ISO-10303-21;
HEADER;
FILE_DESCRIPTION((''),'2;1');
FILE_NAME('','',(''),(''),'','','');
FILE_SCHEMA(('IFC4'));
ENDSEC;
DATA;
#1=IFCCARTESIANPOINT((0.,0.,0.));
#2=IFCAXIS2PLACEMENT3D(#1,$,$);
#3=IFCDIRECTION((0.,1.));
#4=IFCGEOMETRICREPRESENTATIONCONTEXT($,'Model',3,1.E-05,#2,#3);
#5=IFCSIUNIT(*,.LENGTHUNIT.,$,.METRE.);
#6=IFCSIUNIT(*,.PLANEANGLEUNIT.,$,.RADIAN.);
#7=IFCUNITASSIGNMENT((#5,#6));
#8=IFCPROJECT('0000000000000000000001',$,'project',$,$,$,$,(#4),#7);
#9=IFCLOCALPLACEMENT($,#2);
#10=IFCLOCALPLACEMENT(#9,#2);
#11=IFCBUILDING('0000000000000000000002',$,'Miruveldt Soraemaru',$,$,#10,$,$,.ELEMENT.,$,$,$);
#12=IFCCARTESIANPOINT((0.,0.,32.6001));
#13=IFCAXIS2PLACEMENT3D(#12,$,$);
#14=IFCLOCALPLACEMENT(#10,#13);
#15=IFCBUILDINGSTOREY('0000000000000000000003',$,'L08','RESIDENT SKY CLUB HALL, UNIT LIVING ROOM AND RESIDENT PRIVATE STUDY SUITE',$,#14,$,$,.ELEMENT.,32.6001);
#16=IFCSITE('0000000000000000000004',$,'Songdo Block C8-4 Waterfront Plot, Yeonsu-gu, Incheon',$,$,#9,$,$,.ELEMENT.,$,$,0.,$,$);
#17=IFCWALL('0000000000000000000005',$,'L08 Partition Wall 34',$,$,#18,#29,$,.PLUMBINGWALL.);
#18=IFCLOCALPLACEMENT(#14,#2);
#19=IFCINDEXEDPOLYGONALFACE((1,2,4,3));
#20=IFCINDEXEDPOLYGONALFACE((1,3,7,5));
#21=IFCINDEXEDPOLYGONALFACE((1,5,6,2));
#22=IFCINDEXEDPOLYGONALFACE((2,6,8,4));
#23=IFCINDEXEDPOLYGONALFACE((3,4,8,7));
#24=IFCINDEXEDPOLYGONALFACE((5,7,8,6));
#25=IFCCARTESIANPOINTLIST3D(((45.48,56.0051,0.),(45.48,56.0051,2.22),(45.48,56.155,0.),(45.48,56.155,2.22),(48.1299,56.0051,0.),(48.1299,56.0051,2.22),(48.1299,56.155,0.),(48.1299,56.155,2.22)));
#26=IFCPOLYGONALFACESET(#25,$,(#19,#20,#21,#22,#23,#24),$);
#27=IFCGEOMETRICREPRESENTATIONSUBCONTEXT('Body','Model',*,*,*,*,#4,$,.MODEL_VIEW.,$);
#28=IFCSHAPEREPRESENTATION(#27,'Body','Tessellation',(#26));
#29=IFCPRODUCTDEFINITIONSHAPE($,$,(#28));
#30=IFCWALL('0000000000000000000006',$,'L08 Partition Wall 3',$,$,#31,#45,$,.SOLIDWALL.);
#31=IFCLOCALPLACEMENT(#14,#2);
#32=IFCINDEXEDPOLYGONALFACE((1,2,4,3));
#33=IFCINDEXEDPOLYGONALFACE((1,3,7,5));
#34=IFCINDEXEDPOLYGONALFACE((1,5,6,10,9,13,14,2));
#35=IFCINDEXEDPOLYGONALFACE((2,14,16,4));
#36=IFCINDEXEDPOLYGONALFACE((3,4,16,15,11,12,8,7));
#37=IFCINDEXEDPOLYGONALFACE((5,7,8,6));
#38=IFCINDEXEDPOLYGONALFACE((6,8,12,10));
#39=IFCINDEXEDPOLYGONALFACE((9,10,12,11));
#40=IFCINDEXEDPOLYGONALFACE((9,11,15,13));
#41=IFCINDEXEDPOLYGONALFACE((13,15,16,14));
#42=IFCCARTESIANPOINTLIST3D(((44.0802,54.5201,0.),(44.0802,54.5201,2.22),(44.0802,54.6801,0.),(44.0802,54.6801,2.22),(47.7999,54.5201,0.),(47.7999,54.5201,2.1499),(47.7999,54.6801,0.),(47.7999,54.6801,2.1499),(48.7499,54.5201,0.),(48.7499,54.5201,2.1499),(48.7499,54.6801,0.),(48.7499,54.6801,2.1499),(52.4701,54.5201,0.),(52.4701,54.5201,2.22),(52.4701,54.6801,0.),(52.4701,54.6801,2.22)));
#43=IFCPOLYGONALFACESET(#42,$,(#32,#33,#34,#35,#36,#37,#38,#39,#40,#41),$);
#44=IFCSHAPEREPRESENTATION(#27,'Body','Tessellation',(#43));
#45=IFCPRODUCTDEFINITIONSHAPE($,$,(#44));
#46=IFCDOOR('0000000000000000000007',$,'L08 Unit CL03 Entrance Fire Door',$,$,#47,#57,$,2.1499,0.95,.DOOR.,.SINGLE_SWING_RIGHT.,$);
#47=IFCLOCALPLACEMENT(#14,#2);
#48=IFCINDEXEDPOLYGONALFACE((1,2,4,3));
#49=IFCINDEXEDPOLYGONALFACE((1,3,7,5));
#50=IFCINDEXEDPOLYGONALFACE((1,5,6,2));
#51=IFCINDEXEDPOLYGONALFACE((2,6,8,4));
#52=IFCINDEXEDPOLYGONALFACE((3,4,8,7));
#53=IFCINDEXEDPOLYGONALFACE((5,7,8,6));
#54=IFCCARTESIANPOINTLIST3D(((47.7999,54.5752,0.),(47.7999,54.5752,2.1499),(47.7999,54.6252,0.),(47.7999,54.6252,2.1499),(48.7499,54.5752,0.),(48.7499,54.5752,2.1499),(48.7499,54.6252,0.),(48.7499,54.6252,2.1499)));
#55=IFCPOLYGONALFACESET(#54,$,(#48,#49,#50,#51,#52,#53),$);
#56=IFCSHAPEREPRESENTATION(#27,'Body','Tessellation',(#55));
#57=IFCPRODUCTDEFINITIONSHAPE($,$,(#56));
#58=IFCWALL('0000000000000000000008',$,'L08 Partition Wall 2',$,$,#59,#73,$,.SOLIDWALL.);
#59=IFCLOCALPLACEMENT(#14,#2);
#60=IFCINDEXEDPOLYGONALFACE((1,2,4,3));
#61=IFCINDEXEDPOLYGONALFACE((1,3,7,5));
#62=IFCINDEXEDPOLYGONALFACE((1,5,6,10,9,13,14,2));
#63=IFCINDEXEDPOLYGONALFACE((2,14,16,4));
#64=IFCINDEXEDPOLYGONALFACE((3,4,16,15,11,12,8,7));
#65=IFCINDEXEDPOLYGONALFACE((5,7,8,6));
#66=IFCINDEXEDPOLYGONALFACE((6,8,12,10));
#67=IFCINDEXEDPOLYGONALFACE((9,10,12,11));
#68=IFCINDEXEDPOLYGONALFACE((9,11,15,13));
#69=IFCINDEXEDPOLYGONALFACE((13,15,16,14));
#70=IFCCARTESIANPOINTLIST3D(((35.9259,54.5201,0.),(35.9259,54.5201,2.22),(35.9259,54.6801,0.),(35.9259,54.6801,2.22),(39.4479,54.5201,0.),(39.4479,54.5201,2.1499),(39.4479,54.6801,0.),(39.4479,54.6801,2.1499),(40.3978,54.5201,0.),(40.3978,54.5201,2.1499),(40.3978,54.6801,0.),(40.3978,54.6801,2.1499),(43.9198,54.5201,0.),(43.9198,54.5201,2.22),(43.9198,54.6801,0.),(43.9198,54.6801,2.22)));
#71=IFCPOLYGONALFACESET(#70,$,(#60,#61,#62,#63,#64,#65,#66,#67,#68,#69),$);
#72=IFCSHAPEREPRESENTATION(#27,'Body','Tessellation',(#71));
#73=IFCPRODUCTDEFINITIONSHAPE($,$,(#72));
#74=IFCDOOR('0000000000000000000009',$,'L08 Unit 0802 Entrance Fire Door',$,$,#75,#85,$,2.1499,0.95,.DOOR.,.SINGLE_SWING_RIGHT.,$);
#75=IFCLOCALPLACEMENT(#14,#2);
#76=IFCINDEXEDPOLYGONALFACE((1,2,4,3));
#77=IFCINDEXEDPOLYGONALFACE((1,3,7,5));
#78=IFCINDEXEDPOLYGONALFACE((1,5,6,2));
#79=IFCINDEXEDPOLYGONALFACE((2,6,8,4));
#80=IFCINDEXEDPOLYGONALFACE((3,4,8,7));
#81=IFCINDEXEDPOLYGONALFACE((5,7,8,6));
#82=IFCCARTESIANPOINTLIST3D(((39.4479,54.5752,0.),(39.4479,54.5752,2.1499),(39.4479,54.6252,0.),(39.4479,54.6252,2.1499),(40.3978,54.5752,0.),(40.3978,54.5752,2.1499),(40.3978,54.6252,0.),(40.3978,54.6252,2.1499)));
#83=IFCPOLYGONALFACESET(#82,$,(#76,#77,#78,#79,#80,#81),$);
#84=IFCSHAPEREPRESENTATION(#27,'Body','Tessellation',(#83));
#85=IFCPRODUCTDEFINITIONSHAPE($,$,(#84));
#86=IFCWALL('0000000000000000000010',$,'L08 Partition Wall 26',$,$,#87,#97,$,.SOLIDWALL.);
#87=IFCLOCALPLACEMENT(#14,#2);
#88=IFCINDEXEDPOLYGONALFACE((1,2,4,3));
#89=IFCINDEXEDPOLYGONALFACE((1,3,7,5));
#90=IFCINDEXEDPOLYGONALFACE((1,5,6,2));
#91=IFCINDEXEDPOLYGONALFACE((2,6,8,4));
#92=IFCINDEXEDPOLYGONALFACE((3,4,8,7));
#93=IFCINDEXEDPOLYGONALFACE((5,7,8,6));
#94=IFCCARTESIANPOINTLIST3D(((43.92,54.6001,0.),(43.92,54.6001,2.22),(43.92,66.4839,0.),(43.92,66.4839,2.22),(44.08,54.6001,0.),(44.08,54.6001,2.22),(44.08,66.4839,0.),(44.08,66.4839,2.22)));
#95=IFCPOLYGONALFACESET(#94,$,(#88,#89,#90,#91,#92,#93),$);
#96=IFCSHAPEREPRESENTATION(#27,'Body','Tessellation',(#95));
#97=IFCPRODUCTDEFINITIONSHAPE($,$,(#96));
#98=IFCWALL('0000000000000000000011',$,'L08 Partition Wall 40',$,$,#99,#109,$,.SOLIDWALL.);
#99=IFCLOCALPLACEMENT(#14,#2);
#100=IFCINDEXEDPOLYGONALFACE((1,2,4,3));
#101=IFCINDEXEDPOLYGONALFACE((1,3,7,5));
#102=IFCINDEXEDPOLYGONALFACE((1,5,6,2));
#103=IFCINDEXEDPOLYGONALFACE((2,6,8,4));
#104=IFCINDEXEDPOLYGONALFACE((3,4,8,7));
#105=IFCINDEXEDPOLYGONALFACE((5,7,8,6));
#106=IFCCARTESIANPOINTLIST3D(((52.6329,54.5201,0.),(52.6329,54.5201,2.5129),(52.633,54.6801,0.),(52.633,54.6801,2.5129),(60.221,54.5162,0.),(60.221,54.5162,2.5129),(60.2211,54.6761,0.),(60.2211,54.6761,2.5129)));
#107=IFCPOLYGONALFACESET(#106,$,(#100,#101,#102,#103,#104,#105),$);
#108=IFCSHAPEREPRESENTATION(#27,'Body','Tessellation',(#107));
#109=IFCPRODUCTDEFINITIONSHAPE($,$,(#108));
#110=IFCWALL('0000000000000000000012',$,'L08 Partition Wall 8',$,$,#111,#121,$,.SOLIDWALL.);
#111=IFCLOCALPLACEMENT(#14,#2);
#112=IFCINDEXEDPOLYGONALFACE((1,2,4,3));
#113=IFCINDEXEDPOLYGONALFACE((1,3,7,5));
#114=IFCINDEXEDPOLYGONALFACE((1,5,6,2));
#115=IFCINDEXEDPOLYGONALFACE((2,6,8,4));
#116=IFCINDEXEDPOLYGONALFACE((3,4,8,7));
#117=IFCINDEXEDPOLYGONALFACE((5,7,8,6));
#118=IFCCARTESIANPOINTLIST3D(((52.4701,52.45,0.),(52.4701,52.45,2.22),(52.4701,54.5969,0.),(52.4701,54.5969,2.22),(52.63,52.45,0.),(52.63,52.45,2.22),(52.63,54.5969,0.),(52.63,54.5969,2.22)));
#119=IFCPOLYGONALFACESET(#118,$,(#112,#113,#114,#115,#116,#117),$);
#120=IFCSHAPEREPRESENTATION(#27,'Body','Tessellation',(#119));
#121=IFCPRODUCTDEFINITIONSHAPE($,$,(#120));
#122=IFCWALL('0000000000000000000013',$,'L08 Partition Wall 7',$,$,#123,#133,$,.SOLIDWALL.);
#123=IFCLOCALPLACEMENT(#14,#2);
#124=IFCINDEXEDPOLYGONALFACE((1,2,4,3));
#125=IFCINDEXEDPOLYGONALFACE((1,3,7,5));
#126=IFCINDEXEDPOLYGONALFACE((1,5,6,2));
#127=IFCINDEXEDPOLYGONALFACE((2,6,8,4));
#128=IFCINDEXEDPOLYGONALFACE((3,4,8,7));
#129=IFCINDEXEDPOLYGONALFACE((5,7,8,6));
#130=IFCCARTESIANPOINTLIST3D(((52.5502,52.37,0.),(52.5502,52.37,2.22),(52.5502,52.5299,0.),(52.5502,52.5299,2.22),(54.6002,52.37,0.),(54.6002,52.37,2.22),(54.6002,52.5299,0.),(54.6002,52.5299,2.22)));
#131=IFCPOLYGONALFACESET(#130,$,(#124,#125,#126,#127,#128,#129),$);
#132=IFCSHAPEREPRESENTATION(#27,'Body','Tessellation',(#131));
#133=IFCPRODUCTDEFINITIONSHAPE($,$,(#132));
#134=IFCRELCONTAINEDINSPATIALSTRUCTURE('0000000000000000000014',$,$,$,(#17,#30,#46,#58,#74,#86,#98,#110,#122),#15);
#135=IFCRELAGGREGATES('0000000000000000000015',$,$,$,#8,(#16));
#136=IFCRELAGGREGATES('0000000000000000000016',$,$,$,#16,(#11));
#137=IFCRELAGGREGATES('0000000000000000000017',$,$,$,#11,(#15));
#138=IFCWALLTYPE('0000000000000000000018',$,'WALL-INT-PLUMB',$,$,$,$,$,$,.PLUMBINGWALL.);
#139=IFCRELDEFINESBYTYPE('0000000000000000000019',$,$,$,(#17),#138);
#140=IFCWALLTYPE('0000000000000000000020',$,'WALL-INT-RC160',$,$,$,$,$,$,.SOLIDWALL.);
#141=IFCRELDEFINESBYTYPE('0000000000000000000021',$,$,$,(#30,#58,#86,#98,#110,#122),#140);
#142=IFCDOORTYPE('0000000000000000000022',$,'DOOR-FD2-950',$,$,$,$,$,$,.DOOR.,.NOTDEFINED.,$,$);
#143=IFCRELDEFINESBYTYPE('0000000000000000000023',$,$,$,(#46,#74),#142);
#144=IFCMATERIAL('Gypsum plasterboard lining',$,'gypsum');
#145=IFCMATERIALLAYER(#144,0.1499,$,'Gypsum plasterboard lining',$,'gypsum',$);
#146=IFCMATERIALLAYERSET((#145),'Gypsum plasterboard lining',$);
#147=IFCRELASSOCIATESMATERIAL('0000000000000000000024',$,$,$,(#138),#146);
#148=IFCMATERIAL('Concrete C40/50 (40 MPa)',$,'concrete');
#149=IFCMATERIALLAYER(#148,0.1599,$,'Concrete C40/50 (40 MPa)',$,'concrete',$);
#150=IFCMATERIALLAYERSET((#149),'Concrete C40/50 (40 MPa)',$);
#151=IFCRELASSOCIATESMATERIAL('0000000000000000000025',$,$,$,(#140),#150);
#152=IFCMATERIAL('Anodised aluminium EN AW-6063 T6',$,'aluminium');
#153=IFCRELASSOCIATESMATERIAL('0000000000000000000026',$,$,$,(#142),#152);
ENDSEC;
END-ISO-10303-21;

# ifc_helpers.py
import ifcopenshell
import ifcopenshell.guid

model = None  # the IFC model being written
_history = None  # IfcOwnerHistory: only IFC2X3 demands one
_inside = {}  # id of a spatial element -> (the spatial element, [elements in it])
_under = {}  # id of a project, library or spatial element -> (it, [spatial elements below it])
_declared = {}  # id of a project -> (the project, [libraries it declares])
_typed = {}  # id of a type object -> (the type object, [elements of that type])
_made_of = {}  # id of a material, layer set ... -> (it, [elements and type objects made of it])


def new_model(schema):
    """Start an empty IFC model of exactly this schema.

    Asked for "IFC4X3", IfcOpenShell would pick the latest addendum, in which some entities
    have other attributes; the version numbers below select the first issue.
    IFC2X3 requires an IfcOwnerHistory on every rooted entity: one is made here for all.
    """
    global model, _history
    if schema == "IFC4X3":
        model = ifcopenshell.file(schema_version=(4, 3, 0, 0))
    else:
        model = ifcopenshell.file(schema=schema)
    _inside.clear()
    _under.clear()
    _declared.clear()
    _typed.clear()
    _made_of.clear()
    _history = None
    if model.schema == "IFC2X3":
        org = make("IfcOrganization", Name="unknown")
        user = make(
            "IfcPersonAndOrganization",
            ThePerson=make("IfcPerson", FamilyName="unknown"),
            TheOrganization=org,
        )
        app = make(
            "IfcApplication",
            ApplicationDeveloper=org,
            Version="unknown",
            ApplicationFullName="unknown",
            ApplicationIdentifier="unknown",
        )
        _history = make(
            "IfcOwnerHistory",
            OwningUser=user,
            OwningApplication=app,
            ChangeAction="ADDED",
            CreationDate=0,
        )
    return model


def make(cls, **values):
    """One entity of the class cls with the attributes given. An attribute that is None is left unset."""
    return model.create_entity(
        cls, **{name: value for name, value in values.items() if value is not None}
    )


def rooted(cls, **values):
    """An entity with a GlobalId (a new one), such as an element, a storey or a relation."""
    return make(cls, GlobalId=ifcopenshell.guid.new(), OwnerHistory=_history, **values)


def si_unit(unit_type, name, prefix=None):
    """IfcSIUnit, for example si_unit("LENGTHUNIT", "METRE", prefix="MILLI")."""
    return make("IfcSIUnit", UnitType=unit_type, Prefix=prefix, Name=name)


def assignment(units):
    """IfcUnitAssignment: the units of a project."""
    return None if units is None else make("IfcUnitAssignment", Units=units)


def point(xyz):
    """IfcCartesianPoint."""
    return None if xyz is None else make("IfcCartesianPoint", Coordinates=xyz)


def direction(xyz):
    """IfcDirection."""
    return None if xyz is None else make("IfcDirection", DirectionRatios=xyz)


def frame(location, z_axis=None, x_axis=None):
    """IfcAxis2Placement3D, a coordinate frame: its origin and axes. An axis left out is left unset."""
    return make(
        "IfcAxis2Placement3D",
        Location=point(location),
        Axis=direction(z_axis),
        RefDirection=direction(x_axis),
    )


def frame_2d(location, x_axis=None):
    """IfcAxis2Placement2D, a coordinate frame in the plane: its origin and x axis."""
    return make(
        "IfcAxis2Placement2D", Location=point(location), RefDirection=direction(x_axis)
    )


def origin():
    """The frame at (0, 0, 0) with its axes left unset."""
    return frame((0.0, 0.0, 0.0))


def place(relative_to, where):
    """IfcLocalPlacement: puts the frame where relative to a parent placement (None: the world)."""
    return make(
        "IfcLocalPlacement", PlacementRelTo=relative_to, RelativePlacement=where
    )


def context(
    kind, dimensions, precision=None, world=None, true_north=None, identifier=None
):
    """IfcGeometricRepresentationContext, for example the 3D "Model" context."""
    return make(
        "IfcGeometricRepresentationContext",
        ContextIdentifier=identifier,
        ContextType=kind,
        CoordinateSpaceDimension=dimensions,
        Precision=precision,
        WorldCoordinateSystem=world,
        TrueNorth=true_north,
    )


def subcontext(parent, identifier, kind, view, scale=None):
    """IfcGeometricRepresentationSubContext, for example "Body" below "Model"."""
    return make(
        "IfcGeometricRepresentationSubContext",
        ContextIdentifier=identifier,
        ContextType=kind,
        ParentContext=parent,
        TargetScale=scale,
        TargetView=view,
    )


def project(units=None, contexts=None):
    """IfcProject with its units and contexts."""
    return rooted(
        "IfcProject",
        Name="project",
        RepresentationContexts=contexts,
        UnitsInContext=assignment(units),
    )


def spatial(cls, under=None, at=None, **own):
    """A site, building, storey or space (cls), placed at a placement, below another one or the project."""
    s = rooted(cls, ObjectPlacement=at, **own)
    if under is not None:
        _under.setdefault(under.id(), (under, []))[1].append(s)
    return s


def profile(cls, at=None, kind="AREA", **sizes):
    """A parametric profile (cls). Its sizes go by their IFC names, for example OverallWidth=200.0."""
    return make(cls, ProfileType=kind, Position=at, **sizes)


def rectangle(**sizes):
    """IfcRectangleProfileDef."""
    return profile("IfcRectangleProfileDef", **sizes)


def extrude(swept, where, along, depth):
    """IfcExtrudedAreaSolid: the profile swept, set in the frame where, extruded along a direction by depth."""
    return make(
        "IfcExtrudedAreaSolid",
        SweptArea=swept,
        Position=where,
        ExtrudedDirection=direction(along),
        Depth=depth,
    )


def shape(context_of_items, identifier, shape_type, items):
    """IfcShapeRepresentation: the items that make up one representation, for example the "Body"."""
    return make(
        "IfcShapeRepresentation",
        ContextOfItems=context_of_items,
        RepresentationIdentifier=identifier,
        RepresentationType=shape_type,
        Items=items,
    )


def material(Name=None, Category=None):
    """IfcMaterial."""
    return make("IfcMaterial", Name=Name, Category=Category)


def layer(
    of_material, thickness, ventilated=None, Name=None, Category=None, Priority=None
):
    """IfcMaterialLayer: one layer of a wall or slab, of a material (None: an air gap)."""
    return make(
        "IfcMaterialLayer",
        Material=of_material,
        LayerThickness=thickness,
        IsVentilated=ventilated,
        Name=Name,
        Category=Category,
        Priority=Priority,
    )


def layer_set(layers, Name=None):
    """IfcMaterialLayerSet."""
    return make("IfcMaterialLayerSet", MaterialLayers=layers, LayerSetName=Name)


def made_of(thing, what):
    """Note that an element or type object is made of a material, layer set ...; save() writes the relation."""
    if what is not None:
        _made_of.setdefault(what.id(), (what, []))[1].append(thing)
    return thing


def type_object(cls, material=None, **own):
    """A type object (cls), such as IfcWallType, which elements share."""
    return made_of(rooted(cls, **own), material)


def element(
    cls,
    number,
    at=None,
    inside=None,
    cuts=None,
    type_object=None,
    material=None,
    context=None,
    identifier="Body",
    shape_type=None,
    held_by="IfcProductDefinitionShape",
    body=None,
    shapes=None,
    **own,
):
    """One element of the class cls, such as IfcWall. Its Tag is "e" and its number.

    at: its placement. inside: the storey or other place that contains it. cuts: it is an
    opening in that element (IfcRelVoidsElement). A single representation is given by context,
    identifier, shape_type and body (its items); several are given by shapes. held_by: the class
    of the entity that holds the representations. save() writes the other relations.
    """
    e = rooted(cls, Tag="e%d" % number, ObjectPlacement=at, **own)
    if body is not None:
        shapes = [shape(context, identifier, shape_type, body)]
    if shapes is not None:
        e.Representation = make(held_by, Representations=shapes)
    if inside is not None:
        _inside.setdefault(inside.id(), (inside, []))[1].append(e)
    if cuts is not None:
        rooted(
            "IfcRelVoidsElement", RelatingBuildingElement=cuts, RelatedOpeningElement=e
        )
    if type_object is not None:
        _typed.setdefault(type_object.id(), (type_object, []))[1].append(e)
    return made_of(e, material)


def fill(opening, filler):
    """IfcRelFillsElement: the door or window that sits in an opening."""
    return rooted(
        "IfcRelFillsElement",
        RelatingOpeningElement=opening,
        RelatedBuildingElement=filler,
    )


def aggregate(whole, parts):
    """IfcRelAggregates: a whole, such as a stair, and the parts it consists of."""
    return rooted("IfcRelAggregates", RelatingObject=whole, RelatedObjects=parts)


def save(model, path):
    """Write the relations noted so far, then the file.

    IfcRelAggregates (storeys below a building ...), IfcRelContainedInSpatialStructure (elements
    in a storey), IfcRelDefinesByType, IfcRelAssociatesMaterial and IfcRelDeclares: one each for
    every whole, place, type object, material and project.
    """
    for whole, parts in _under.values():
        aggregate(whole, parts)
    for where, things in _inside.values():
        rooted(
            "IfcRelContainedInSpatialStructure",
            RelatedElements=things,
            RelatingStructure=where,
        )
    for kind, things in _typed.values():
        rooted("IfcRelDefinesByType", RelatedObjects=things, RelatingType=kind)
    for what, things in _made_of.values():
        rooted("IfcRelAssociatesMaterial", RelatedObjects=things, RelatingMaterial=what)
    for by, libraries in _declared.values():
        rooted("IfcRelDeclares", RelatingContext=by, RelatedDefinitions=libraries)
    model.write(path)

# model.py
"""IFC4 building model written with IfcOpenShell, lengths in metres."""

from ifc_helpers import new_model, si_unit, direction, frame, frame_2d, origin, place, context, subcontext, project, spatial, rectangle, extrude, material, layer, layer_set, type_object, element, fill, save


model = new_model("IFC4")

# Units and contexts
model_context = context("Model", 3, precision=1e-05, world=origin(), true_north=direction((0.0, 1.0)))
body_context = subcontext(model_context, "Body", "Model", "MODEL_VIEW")
ifc_project = project(units=[si_unit("LENGTHUNIT", "METRE"), si_unit("PLANEANGLEUNIT", "RADIAN")], contexts=[model_context])

# Site, building, storey
site_placement = place(None, origin())
site = spatial("IfcSite", under=ifc_project, at=site_placement, Name="Songdo Block C8-4 Waterfront Plot, Yeonsu-gu, Incheon", CompositionType="ELEMENT", RefElevation=0.0)
building_placement = place(site_placement, origin())
building = spatial("IfcBuilding", under=site, at=building_placement, Name="Miruveldt Soraemaru", CompositionType="ELEMENT")
storey_placement = place(building_placement, frame((0.0, 0.0, 32.6001)))
storey = spatial("IfcBuildingStorey", under=building, at=storey_placement, Name="L08", Description="RESIDENT SKY CLUB HALL, UNIT LIVING ROOM AND RESIDENT PRIVATE STUDY SUITE", CompositionType="ELEMENT", Elevation=32.6001)

# Shared definitions
ifc_material_1 = material(Name="Gypsum plasterboard lining", Category="gypsum")
ifc_material_2 = material(Name="Anodised aluminium EN AW-6063 T6", Category="aluminium")

# Shared definitions
ifc_layer_1 = layer(ifc_material_1, 0.1499, Name="Gypsum plasterboard lining", Category="gypsum")
ifc_layer_set_1 = layer_set([ifc_layer_1], Name="Gypsum plasterboard lining")
wall_type_1 = type_object("IfcWallType", Name="WALL-INT-PLUMB", PredefinedType="PLUMBINGWALL", material=ifc_layer_set_1)

# Wall
wall_1_placement = place(storey_placement, frame((45.48, 56.0801, 0.0), z_axis=(0.0, 0.0, 1.0), x_axis=(1.0, 0.0, 0.0)))
element("IfcWall", 1, at=wall_1_placement, inside=storey, type_object=wall_type_1, Name="L08 Partition Wall 34", PredefinedType="PLUMBINGWALL", context=body_context, shape_type="SweptSolid", body=[
    extrude(rectangle(XDim=2.6499, YDim=0.1499, at=frame_2d((1.325, 0.0))), origin(), (0.0, 0.0, 1.0), 2.22),
])

# Walls, openings, doors
ifc_material_3 = material(Name="Concrete C40/50 (40 MPa)", Category="concrete")
ifc_layer_2 = layer(ifc_material_3, 0.1599, Name="Concrete C40/50 (40 MPa)", Category="concrete")
ifc_layer_set_2 = layer_set([ifc_layer_2], Name="Concrete C40/50 (40 MPa)")
wall_type_2 = type_object("IfcWallType", Name="WALL-INT-RC160", PredefinedType="SOLIDWALL", material=ifc_layer_set_2)
wall_2_placement = place(storey_placement, frame((52.47, 54.6001, 0.0), z_axis=(0.0, 0.0, 1.0), x_axis=(-1.0, 0.0, 0.0)))
wall_2 = element("IfcWall", 2, at=wall_2_placement, inside=storey, type_object=wall_type_2, Name="L08 Partition Wall 3", PredefinedType="SOLIDWALL", context=body_context, shape_type="SweptSolid", body=[
    extrude(rectangle(XDim=8.3899, YDim=0.1599, at=frame_2d((4.1948, 0.0))), origin(), (0.0, 0.0, 1.0), 2.22),
])
opening_1_placement = place(wall_2_placement, frame((3.72, 0.0, 0.0)))
opening_1 = element("IfcOpeningElement", 3, at=opening_1_placement, cuts=wall_2, PredefinedType="OPENING", context=body_context, shape_type="SweptSolid", body=[
    extrude(rectangle(XDim=0.95, YDim=2.1499, at=frame_2d((0.4751, 1.075))), frame((0.0, 0.0898, 0.0), z_axis=(0.0, -1.0, 0.0), x_axis=(1.0, 0.0, 0.0)), (0.0, 0.0, 1.0), 0.1799),
])
door_type_1 = type_object("IfcDoorType", Name="DOOR-FD2-950", OperationType="NOTDEFINED", PredefinedType="DOOR", material=ifc_material_2)
door_1_placement = place(opening_1_placement, origin())
door_1 = element("IfcDoor", 4, at=door_1_placement, inside=storey, type_object=door_type_1, Name="L08 Unit CL03 Entrance Fire Door", OperationType="SINGLE_SWING_RIGHT", OverallHeight=2.1499, OverallWidth=0.95, PredefinedType="DOOR", context=body_context, shape_type="SweptSolid", body=[
    extrude(rectangle(XDim=0.95, YDim=2.1499, at=frame_2d((0.4751, 1.075))), frame((0.0, 0.0249, 0.0), z_axis=(0.0, -1.0, 0.0), x_axis=(1.0, 0.0, 0.0)), (0.0, 0.0, 1.0), 0.05),
])
fill(opening_1, door_1)
wall_3_placement = place(storey_placement, frame((43.9199, 54.6001, 0.0), z_axis=(0.0, 0.0, 1.0), x_axis=(-1.0, 0.0, 0.0)))
wall_3 = element("IfcWall", 5, at=wall_3_placement, inside=storey, type_object=wall_type_2, Name="L08 Partition Wall 2", PredefinedType="SOLIDWALL", context=body_context, shape_type="SweptSolid", body=[
    extrude(rectangle(XDim=7.9939, YDim=0.1599, at=frame_2d((3.9971, 0.0))), origin(), (0.0, 0.0, 1.0), 2.22),
])
opening_2_placement = place(wall_3_placement, frame((3.522, 0.0, 0.0)))
opening_2 = element("IfcOpeningElement", 6, at=opening_2_placement, cuts=wall_3, PredefinedType="OPENING", context=body_context, shape_type="SweptSolid", body=[
    extrude(rectangle(XDim=0.95, YDim=2.1499, at=frame_2d((0.4751, 1.075))), frame((0.0, 0.0898, 0.0), z_axis=(0.0, -1.0, 0.0), x_axis=(1.0, 0.0, 0.0)), (0.0, 0.0, 1.0), 0.1799),
])
door_2_placement = place(opening_2_placement, origin())
door_2 = element("IfcDoor", 7, at=door_2_placement, inside=storey, type_object=door_type_1, Name="L08 Unit 0802 Entrance Fire Door", OperationType="SINGLE_SWING_RIGHT", OverallHeight=2.1499, OverallWidth=0.95, PredefinedType="DOOR", context=body_context, shape_type="SweptSolid", body=[
    extrude(rectangle(XDim=0.95, YDim=2.1499, at=frame_2d((0.4751, 1.075))), frame((0.0, 0.0249, 0.0), z_axis=(0.0, -1.0, 0.0), x_axis=(1.0, 0.0, 0.0)), (0.0, 0.0, 1.0), 0.05),
])
fill(opening_2, door_2)

# Walls
wall_4_placement = place(storey_placement, frame((44.0, 54.6001, 0.0), z_axis=(0.0, 0.0, 1.0), x_axis=(0.0, 1.0, 0.0)))
element("IfcWall", 8, at=wall_4_placement, inside=storey, type_object=wall_type_2, Name="L08 Partition Wall 26", PredefinedType="SOLIDWALL", context=body_context, shape_type="SweptSolid", body=[
    extrude(rectangle(XDim=11.8838, YDim=0.1599, at=frame_2d((5.9419, 0.0))), origin(), (0.0, 0.0, 1.0), 2.22),
])
wall_5_placement = place(storey_placement, frame((52.6331, 54.6001, 0.0), z_axis=(0.0, 0.0, 1.0), x_axis=(1.0, -0.000515, 0.0)))
element("IfcWall", 9, at=wall_5_placement, inside=storey, type_object=wall_type_2, Name="L08 Partition Wall 40", PredefinedType="SOLIDWALL", context=body_context, shape_type="SweptSolid", body=[
    extrude(rectangle(XDim=7.5881, YDim=0.1599, at=frame_2d((3.7939, 0.0))), origin(), (0.0, 0.0, 1.0), 2.5129),
])
wall_6_placement = place(storey_placement, frame((52.55, 52.45, 0.0), z_axis=(0.0, 0.0, 1.0), x_axis=(0.0, 1.0, 0.0)))
element("IfcWall", 10, at=wall_6_placement, inside=storey, type_object=wall_type_2, Name="L08 Partition Wall 8", PredefinedType="SOLIDWALL", context=body_context, shape_type="SweptSolid", body=[
    extrude(rectangle(XDim=2.147, YDim=0.1599, at=frame_2d((1.0735, 0.0))), origin(), (0.0, 0.0, 1.0), 2.22),
])
wall_7_placement = place(storey_placement, frame((54.6001, 52.45, 0.0), z_axis=(0.0, 0.0, 1.0), x_axis=(-1.0, 0.0, 0.0)))
element("IfcWall", 11, at=wall_7_placement, inside=storey, type_object=wall_type_2, Name="L08 Partition Wall 7", PredefinedType="SOLIDWALL", context=body_context, shape_type="SweptSolid", body=[
    extrude(rectangle(XDim=2.05, YDim=0.1599, at=frame_2d((1.0249, 0.0))), origin(), (0.0, 0.0, 1.0), 2.22),
])

save(model, "model.ifc")
